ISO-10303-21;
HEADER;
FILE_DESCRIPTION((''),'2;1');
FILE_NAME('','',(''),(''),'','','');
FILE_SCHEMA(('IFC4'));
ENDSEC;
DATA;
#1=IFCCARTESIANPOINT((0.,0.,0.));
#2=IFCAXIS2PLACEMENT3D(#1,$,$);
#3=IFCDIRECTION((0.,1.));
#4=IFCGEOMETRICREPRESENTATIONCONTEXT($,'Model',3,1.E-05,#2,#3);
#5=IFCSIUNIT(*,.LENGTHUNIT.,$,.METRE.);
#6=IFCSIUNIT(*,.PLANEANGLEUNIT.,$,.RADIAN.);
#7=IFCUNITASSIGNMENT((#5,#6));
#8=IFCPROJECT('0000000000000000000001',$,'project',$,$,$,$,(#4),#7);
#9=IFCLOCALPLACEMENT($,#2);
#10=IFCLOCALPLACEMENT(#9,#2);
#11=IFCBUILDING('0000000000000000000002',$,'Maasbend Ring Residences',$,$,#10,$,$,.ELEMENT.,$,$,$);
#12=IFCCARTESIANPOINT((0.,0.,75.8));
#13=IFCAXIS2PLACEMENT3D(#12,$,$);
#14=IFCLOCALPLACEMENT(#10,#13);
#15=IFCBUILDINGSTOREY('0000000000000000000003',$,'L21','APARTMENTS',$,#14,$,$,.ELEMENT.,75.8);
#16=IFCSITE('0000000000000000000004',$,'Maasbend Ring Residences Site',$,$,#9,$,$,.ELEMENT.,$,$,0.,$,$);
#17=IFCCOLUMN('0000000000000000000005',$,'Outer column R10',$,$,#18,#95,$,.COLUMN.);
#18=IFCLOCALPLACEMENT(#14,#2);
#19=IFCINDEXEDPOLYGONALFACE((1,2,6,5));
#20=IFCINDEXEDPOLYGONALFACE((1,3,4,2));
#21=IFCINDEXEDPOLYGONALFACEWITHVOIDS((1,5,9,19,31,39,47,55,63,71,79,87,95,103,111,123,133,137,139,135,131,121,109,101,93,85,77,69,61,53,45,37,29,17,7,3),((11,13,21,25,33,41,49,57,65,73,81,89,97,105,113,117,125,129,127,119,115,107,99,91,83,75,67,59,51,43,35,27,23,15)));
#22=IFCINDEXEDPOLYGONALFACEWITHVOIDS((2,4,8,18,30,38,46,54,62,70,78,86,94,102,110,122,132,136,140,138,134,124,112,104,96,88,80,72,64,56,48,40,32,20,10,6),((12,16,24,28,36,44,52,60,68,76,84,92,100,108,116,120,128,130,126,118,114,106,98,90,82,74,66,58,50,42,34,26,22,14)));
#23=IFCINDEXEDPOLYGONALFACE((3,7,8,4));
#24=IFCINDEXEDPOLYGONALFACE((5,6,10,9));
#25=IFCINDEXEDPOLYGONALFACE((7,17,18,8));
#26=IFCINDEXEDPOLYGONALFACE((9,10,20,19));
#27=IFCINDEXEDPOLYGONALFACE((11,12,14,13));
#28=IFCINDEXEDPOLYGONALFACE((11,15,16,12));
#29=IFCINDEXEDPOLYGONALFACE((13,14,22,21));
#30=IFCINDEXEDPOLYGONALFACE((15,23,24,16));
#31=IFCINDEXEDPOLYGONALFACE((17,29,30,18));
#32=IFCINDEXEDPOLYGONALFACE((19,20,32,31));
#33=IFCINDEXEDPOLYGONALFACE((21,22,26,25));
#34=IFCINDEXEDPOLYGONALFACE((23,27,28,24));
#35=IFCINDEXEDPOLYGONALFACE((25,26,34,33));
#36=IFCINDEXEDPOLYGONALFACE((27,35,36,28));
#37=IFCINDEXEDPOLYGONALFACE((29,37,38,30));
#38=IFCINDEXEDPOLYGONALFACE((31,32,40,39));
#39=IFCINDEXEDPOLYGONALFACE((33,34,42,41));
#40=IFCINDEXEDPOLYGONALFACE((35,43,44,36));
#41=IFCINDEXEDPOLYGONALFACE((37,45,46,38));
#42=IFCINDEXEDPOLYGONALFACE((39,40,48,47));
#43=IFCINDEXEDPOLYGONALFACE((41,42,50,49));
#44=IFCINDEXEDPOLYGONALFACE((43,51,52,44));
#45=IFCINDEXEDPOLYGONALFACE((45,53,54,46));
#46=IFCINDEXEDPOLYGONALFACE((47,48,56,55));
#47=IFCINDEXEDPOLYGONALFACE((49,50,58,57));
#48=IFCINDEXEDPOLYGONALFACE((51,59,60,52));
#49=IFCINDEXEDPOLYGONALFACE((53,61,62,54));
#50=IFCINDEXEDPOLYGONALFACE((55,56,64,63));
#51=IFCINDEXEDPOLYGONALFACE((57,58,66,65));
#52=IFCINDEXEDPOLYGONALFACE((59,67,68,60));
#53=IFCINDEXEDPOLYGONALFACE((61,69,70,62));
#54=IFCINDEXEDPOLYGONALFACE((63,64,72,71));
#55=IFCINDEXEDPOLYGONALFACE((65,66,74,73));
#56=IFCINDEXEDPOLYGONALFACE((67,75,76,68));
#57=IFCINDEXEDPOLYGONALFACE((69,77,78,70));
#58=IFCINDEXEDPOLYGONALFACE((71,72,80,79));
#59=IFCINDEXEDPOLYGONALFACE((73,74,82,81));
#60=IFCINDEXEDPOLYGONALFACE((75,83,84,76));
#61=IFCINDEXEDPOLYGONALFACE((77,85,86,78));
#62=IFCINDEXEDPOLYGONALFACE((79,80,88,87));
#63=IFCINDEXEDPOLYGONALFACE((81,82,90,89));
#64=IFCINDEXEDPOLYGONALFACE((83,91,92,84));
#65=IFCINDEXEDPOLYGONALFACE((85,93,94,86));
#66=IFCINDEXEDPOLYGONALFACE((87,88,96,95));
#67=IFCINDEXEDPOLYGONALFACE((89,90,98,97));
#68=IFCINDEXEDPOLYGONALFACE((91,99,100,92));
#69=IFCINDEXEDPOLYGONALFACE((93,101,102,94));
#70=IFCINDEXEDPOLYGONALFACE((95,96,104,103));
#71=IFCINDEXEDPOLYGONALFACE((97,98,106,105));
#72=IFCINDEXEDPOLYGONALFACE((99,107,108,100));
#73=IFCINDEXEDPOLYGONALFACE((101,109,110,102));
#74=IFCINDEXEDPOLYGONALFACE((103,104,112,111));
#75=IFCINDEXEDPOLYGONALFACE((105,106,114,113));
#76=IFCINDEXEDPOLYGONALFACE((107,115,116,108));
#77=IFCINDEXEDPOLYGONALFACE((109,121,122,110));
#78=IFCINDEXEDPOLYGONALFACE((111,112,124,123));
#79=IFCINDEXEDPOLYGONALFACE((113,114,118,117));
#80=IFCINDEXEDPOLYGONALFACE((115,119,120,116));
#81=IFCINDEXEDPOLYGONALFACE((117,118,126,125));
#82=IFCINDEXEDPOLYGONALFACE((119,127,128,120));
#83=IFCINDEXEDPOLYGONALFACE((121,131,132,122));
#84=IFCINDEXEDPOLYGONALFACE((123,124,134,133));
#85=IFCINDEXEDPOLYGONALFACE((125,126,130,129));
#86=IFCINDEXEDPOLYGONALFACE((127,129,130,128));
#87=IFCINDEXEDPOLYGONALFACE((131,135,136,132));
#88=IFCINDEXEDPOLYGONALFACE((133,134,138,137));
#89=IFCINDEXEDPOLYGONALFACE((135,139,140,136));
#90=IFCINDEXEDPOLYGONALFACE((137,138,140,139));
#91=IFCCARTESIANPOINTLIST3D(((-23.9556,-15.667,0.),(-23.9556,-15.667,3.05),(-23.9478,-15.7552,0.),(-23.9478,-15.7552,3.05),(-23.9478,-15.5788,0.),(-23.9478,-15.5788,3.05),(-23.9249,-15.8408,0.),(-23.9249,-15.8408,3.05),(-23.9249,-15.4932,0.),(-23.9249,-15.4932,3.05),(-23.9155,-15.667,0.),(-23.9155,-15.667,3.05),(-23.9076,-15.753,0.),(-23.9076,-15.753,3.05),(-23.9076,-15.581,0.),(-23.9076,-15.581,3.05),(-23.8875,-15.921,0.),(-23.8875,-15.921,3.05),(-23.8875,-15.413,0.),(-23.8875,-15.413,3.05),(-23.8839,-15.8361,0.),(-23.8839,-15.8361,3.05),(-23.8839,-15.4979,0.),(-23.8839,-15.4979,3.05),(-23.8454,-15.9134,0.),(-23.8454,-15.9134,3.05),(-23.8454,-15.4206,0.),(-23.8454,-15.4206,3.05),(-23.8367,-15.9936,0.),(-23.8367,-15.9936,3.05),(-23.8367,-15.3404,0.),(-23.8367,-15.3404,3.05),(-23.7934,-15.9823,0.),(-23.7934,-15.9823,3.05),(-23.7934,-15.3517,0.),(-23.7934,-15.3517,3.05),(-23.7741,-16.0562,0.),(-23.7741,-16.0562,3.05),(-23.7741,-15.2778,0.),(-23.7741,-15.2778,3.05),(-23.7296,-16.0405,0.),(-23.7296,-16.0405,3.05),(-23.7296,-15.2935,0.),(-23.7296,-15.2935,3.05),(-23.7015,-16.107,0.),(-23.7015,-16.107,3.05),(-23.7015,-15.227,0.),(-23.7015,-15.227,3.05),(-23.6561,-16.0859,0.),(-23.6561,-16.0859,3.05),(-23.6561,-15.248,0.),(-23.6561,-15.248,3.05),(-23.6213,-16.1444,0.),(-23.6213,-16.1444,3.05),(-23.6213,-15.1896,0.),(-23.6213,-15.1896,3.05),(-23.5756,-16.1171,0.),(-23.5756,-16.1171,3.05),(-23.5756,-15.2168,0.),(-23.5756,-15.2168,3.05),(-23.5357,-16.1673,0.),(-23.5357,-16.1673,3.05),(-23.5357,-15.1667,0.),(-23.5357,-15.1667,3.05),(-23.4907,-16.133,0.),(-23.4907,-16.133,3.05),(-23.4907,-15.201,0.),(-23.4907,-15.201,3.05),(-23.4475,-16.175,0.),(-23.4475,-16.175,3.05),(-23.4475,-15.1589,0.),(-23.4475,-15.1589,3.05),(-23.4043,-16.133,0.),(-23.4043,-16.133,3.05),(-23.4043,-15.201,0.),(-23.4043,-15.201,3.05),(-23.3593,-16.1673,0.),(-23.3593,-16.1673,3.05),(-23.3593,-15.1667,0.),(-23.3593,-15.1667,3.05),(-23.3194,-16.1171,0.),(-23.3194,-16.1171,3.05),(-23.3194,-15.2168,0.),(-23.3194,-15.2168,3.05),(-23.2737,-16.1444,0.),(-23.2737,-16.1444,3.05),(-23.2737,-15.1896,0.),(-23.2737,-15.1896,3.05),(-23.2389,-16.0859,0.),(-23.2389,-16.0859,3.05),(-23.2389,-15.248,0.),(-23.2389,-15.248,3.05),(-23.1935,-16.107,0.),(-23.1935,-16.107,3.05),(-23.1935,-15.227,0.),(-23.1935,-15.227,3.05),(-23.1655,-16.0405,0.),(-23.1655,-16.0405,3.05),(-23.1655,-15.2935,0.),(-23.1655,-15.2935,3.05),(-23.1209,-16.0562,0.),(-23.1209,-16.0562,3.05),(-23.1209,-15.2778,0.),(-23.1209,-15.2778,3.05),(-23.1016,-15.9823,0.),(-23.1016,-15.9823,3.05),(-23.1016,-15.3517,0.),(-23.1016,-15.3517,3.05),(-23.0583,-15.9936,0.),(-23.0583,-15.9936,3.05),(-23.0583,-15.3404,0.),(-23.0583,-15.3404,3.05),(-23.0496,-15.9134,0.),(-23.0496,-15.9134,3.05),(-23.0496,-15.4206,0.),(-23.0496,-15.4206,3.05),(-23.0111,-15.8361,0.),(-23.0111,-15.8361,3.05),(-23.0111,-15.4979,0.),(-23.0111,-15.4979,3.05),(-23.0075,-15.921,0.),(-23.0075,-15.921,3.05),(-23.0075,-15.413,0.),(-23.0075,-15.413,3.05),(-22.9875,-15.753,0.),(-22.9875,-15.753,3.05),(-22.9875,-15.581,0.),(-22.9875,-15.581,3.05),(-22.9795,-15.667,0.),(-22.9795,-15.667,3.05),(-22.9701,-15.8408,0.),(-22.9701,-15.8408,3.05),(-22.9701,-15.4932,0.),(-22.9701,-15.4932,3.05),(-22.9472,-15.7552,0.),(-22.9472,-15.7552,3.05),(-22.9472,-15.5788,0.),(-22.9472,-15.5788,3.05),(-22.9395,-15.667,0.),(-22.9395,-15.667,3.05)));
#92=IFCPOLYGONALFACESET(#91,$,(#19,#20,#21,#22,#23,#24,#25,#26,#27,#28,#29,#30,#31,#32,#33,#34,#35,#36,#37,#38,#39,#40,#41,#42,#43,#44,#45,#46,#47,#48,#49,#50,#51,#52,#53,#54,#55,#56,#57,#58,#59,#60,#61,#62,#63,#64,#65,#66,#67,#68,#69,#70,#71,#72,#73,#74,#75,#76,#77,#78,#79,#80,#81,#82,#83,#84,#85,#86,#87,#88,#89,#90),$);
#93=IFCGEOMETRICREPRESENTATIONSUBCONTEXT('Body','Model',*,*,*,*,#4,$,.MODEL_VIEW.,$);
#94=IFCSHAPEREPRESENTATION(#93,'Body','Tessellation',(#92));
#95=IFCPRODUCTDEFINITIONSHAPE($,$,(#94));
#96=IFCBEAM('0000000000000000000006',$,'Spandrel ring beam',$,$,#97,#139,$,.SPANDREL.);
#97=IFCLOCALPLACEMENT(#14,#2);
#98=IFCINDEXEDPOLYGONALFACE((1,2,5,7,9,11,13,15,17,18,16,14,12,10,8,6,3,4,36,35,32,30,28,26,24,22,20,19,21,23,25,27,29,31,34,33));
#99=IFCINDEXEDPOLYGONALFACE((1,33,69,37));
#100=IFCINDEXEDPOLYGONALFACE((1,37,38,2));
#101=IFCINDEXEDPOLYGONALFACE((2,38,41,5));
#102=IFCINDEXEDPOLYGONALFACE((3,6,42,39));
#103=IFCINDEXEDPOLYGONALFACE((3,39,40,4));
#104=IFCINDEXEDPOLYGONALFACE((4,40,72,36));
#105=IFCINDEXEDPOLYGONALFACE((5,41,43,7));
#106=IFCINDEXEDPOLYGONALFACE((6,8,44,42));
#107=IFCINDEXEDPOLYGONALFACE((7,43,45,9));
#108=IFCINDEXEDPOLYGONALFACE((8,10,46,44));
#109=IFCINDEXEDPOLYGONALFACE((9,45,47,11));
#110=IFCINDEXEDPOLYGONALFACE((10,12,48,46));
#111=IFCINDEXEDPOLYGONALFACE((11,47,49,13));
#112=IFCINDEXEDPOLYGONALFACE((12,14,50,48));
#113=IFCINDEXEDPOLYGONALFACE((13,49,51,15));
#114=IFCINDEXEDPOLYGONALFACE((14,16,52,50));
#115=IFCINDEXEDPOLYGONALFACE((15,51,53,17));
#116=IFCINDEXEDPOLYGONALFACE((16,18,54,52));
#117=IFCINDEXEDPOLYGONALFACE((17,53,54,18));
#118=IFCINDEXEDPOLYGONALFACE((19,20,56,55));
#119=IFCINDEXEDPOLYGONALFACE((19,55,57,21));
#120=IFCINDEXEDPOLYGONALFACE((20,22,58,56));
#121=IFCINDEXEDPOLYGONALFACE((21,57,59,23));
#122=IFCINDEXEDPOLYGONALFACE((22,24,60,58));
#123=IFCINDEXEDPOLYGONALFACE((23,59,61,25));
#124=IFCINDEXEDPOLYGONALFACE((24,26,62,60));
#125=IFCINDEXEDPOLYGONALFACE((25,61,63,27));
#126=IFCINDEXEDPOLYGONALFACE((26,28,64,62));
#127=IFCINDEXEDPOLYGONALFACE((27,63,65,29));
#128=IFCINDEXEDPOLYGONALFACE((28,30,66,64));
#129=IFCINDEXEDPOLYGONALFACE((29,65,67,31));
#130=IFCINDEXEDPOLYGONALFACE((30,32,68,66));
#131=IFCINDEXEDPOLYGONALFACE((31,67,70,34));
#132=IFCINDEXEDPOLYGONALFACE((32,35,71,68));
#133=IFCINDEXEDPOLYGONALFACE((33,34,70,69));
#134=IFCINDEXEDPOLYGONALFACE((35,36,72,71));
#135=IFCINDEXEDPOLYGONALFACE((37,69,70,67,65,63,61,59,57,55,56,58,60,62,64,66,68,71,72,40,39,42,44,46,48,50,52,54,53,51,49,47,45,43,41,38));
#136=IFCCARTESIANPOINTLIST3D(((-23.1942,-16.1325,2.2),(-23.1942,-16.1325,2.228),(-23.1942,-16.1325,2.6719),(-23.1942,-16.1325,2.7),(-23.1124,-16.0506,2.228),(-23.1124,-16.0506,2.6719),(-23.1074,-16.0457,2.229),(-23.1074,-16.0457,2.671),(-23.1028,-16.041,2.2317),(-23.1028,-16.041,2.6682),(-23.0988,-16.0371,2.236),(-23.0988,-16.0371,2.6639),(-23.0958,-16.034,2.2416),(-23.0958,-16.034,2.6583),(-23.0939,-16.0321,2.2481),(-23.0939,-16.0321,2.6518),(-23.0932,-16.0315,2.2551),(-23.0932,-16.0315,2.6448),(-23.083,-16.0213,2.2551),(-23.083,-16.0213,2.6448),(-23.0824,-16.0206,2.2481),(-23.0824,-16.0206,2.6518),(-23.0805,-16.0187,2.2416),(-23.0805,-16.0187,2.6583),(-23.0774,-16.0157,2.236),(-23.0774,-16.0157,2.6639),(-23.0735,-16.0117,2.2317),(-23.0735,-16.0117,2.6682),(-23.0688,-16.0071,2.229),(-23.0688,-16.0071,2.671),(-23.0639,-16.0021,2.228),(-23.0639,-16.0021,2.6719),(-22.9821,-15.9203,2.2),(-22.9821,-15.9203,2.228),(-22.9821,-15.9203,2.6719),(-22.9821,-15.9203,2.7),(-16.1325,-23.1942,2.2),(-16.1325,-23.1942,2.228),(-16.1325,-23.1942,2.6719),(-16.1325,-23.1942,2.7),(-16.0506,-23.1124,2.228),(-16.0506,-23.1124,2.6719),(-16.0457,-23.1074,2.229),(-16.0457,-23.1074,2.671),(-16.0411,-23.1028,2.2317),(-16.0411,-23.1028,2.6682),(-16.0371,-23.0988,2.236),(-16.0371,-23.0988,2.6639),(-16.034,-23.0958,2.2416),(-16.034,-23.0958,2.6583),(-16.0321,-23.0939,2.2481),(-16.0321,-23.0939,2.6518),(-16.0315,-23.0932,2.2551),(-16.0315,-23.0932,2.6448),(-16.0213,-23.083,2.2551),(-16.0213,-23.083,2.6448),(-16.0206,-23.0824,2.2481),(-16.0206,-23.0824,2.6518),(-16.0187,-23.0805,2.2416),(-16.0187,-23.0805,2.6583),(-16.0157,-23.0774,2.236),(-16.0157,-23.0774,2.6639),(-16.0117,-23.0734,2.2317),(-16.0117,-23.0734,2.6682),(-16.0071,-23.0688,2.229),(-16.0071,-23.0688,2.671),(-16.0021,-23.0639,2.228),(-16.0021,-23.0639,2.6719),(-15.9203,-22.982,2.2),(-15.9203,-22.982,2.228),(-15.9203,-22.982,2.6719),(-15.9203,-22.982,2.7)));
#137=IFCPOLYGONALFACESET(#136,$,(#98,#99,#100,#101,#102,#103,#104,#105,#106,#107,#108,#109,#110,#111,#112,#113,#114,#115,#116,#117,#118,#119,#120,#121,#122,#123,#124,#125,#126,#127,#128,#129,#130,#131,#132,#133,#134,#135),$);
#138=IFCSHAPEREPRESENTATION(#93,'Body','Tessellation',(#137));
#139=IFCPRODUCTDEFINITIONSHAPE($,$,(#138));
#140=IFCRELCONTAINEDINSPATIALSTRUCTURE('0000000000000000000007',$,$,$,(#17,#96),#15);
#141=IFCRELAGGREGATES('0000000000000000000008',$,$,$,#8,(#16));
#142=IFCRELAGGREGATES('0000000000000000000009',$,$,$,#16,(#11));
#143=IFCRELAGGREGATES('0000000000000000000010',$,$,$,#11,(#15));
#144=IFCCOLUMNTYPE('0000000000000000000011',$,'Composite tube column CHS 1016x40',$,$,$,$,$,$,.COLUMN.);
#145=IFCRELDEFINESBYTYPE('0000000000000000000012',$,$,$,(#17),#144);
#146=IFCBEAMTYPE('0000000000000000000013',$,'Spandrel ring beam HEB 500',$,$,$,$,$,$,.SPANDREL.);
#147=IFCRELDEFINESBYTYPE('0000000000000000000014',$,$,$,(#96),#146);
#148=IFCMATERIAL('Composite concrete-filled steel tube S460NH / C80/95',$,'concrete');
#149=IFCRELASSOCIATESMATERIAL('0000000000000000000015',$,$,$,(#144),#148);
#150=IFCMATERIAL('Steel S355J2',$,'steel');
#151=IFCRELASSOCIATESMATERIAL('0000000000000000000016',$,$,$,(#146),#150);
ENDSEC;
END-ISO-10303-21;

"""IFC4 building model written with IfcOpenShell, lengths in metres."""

from ifc_helpers import new_model, si_unit, direction, frame, origin, origin_2d, place, context, subcontext, project, spatial, hollow_circle, i_section, extrude, material, material_profile, profile_set, type_object, element, save


model = new_model("IFC4")

# Units and contexts
model_context = context("Model", 3, precision=1e-05, world=origin(), true_north=direction((0.0, 1.0)))
body_context = subcontext(model_context, "Body", "Model", "MODEL_VIEW")
ifc_project = project(units=[si_unit("LENGTHUNIT", "METRE"), si_unit("PLANEANGLEUNIT", "RADIAN")], contexts=[model_context])

# Site, building, storey
site_placement = place(None, origin())
site = spatial("IfcSite", under=ifc_project, at=site_placement, Name="Maasbend Ring Residences Site", CompositionType="ELEMENT", RefElevation=0.0)
building_placement = place(site_placement, origin())
building = spatial("IfcBuilding", under=site, at=building_placement, Name="Maasbend Ring Residences", CompositionType="ELEMENT")
storey_placement = place(building_placement, frame((0.0, 0.0, 75.8)))
storey = spatial("IfcBuildingStorey", under=building, at=storey_placement, Name="L21", Description="APARTMENTS", CompositionType="ELEMENT", Elevation=75.8)

# Column
ifc_material_1 = material(Name="Composite concrete-filled steel tube S460NH / C80/95", Category="concrete")
ifc_material_profile_1 = material_profile(ifc_material_1, hollow_circle(Radius=0.5081, WallThickness=0.04, at=origin_2d()), Name="Composite tube column CHS 1016x40")
ifc_profile_set_1 = profile_set([ifc_material_profile_1], Name="Composite concrete-filled steel tube S460NH / C80/95")
column_type = type_object("IfcColumnType", Name="Composite tube column CHS 1016x40", PredefinedType="COLUMN", material=ifc_profile_set_1)
column_placement = place(storey_placement, frame((-23.4475, -15.667, 0.0), z_axis=(0.0, 0.0, 1.0), x_axis=(1.0, 0.0, 0.0)))
element("IfcColumn", 1, at=column_placement, inside=storey, type_object=column_type, Name="Outer column R10", PredefinedType="COLUMN", context=body_context, shape_type="SweptSolid", body=[
    extrude(hollow_circle(Radius=0.5081, WallThickness=0.04, at=origin_2d()), origin(), (0.0, 0.0, 1.0), 3.05),
])

# Beam
ifc_material_2 = material(Name="Steel S355J2", Category="steel")
ifc_material_profile_2 = material_profile(ifc_material_2, i_section(OverallWidth=0.3, OverallDepth=0.5, WebThickness=0.0144, FlangeThickness=0.0281, FilletRadius=0.0271, at=origin_2d()), Name="HEB 500")
ifc_profile_set_2 = profile_set([ifc_material_profile_2], Name="Steel S355J2")
beam_type = type_object("IfcBeamType", Name="Spandrel ring beam HEB 500", PredefinedType="SPANDREL", material=ifc_profile_set_2)
beam_placement = place(storey_placement, frame((-23.0881, -16.0264, 2.45), z_axis=(0.707107, -0.707107, 0.0), x_axis=(0.707107, 0.707107, 0.0)))
element("IfcBeam", 2, at=beam_placement, inside=storey, type_object=beam_type, Name="Spandrel ring beam", PredefinedType="SPANDREL", context=body_context, shape_type="SweptSolid", body=[
    extrude(i_section(OverallWidth=0.3, OverallDepth=0.5, WebThickness=0.0144, FlangeThickness=0.0281, FilletRadius=0.0271, at=origin_2d()), origin(), (0.0, 0.0, 1.0), 9.9868),
])

save(model, "model.ifc")
